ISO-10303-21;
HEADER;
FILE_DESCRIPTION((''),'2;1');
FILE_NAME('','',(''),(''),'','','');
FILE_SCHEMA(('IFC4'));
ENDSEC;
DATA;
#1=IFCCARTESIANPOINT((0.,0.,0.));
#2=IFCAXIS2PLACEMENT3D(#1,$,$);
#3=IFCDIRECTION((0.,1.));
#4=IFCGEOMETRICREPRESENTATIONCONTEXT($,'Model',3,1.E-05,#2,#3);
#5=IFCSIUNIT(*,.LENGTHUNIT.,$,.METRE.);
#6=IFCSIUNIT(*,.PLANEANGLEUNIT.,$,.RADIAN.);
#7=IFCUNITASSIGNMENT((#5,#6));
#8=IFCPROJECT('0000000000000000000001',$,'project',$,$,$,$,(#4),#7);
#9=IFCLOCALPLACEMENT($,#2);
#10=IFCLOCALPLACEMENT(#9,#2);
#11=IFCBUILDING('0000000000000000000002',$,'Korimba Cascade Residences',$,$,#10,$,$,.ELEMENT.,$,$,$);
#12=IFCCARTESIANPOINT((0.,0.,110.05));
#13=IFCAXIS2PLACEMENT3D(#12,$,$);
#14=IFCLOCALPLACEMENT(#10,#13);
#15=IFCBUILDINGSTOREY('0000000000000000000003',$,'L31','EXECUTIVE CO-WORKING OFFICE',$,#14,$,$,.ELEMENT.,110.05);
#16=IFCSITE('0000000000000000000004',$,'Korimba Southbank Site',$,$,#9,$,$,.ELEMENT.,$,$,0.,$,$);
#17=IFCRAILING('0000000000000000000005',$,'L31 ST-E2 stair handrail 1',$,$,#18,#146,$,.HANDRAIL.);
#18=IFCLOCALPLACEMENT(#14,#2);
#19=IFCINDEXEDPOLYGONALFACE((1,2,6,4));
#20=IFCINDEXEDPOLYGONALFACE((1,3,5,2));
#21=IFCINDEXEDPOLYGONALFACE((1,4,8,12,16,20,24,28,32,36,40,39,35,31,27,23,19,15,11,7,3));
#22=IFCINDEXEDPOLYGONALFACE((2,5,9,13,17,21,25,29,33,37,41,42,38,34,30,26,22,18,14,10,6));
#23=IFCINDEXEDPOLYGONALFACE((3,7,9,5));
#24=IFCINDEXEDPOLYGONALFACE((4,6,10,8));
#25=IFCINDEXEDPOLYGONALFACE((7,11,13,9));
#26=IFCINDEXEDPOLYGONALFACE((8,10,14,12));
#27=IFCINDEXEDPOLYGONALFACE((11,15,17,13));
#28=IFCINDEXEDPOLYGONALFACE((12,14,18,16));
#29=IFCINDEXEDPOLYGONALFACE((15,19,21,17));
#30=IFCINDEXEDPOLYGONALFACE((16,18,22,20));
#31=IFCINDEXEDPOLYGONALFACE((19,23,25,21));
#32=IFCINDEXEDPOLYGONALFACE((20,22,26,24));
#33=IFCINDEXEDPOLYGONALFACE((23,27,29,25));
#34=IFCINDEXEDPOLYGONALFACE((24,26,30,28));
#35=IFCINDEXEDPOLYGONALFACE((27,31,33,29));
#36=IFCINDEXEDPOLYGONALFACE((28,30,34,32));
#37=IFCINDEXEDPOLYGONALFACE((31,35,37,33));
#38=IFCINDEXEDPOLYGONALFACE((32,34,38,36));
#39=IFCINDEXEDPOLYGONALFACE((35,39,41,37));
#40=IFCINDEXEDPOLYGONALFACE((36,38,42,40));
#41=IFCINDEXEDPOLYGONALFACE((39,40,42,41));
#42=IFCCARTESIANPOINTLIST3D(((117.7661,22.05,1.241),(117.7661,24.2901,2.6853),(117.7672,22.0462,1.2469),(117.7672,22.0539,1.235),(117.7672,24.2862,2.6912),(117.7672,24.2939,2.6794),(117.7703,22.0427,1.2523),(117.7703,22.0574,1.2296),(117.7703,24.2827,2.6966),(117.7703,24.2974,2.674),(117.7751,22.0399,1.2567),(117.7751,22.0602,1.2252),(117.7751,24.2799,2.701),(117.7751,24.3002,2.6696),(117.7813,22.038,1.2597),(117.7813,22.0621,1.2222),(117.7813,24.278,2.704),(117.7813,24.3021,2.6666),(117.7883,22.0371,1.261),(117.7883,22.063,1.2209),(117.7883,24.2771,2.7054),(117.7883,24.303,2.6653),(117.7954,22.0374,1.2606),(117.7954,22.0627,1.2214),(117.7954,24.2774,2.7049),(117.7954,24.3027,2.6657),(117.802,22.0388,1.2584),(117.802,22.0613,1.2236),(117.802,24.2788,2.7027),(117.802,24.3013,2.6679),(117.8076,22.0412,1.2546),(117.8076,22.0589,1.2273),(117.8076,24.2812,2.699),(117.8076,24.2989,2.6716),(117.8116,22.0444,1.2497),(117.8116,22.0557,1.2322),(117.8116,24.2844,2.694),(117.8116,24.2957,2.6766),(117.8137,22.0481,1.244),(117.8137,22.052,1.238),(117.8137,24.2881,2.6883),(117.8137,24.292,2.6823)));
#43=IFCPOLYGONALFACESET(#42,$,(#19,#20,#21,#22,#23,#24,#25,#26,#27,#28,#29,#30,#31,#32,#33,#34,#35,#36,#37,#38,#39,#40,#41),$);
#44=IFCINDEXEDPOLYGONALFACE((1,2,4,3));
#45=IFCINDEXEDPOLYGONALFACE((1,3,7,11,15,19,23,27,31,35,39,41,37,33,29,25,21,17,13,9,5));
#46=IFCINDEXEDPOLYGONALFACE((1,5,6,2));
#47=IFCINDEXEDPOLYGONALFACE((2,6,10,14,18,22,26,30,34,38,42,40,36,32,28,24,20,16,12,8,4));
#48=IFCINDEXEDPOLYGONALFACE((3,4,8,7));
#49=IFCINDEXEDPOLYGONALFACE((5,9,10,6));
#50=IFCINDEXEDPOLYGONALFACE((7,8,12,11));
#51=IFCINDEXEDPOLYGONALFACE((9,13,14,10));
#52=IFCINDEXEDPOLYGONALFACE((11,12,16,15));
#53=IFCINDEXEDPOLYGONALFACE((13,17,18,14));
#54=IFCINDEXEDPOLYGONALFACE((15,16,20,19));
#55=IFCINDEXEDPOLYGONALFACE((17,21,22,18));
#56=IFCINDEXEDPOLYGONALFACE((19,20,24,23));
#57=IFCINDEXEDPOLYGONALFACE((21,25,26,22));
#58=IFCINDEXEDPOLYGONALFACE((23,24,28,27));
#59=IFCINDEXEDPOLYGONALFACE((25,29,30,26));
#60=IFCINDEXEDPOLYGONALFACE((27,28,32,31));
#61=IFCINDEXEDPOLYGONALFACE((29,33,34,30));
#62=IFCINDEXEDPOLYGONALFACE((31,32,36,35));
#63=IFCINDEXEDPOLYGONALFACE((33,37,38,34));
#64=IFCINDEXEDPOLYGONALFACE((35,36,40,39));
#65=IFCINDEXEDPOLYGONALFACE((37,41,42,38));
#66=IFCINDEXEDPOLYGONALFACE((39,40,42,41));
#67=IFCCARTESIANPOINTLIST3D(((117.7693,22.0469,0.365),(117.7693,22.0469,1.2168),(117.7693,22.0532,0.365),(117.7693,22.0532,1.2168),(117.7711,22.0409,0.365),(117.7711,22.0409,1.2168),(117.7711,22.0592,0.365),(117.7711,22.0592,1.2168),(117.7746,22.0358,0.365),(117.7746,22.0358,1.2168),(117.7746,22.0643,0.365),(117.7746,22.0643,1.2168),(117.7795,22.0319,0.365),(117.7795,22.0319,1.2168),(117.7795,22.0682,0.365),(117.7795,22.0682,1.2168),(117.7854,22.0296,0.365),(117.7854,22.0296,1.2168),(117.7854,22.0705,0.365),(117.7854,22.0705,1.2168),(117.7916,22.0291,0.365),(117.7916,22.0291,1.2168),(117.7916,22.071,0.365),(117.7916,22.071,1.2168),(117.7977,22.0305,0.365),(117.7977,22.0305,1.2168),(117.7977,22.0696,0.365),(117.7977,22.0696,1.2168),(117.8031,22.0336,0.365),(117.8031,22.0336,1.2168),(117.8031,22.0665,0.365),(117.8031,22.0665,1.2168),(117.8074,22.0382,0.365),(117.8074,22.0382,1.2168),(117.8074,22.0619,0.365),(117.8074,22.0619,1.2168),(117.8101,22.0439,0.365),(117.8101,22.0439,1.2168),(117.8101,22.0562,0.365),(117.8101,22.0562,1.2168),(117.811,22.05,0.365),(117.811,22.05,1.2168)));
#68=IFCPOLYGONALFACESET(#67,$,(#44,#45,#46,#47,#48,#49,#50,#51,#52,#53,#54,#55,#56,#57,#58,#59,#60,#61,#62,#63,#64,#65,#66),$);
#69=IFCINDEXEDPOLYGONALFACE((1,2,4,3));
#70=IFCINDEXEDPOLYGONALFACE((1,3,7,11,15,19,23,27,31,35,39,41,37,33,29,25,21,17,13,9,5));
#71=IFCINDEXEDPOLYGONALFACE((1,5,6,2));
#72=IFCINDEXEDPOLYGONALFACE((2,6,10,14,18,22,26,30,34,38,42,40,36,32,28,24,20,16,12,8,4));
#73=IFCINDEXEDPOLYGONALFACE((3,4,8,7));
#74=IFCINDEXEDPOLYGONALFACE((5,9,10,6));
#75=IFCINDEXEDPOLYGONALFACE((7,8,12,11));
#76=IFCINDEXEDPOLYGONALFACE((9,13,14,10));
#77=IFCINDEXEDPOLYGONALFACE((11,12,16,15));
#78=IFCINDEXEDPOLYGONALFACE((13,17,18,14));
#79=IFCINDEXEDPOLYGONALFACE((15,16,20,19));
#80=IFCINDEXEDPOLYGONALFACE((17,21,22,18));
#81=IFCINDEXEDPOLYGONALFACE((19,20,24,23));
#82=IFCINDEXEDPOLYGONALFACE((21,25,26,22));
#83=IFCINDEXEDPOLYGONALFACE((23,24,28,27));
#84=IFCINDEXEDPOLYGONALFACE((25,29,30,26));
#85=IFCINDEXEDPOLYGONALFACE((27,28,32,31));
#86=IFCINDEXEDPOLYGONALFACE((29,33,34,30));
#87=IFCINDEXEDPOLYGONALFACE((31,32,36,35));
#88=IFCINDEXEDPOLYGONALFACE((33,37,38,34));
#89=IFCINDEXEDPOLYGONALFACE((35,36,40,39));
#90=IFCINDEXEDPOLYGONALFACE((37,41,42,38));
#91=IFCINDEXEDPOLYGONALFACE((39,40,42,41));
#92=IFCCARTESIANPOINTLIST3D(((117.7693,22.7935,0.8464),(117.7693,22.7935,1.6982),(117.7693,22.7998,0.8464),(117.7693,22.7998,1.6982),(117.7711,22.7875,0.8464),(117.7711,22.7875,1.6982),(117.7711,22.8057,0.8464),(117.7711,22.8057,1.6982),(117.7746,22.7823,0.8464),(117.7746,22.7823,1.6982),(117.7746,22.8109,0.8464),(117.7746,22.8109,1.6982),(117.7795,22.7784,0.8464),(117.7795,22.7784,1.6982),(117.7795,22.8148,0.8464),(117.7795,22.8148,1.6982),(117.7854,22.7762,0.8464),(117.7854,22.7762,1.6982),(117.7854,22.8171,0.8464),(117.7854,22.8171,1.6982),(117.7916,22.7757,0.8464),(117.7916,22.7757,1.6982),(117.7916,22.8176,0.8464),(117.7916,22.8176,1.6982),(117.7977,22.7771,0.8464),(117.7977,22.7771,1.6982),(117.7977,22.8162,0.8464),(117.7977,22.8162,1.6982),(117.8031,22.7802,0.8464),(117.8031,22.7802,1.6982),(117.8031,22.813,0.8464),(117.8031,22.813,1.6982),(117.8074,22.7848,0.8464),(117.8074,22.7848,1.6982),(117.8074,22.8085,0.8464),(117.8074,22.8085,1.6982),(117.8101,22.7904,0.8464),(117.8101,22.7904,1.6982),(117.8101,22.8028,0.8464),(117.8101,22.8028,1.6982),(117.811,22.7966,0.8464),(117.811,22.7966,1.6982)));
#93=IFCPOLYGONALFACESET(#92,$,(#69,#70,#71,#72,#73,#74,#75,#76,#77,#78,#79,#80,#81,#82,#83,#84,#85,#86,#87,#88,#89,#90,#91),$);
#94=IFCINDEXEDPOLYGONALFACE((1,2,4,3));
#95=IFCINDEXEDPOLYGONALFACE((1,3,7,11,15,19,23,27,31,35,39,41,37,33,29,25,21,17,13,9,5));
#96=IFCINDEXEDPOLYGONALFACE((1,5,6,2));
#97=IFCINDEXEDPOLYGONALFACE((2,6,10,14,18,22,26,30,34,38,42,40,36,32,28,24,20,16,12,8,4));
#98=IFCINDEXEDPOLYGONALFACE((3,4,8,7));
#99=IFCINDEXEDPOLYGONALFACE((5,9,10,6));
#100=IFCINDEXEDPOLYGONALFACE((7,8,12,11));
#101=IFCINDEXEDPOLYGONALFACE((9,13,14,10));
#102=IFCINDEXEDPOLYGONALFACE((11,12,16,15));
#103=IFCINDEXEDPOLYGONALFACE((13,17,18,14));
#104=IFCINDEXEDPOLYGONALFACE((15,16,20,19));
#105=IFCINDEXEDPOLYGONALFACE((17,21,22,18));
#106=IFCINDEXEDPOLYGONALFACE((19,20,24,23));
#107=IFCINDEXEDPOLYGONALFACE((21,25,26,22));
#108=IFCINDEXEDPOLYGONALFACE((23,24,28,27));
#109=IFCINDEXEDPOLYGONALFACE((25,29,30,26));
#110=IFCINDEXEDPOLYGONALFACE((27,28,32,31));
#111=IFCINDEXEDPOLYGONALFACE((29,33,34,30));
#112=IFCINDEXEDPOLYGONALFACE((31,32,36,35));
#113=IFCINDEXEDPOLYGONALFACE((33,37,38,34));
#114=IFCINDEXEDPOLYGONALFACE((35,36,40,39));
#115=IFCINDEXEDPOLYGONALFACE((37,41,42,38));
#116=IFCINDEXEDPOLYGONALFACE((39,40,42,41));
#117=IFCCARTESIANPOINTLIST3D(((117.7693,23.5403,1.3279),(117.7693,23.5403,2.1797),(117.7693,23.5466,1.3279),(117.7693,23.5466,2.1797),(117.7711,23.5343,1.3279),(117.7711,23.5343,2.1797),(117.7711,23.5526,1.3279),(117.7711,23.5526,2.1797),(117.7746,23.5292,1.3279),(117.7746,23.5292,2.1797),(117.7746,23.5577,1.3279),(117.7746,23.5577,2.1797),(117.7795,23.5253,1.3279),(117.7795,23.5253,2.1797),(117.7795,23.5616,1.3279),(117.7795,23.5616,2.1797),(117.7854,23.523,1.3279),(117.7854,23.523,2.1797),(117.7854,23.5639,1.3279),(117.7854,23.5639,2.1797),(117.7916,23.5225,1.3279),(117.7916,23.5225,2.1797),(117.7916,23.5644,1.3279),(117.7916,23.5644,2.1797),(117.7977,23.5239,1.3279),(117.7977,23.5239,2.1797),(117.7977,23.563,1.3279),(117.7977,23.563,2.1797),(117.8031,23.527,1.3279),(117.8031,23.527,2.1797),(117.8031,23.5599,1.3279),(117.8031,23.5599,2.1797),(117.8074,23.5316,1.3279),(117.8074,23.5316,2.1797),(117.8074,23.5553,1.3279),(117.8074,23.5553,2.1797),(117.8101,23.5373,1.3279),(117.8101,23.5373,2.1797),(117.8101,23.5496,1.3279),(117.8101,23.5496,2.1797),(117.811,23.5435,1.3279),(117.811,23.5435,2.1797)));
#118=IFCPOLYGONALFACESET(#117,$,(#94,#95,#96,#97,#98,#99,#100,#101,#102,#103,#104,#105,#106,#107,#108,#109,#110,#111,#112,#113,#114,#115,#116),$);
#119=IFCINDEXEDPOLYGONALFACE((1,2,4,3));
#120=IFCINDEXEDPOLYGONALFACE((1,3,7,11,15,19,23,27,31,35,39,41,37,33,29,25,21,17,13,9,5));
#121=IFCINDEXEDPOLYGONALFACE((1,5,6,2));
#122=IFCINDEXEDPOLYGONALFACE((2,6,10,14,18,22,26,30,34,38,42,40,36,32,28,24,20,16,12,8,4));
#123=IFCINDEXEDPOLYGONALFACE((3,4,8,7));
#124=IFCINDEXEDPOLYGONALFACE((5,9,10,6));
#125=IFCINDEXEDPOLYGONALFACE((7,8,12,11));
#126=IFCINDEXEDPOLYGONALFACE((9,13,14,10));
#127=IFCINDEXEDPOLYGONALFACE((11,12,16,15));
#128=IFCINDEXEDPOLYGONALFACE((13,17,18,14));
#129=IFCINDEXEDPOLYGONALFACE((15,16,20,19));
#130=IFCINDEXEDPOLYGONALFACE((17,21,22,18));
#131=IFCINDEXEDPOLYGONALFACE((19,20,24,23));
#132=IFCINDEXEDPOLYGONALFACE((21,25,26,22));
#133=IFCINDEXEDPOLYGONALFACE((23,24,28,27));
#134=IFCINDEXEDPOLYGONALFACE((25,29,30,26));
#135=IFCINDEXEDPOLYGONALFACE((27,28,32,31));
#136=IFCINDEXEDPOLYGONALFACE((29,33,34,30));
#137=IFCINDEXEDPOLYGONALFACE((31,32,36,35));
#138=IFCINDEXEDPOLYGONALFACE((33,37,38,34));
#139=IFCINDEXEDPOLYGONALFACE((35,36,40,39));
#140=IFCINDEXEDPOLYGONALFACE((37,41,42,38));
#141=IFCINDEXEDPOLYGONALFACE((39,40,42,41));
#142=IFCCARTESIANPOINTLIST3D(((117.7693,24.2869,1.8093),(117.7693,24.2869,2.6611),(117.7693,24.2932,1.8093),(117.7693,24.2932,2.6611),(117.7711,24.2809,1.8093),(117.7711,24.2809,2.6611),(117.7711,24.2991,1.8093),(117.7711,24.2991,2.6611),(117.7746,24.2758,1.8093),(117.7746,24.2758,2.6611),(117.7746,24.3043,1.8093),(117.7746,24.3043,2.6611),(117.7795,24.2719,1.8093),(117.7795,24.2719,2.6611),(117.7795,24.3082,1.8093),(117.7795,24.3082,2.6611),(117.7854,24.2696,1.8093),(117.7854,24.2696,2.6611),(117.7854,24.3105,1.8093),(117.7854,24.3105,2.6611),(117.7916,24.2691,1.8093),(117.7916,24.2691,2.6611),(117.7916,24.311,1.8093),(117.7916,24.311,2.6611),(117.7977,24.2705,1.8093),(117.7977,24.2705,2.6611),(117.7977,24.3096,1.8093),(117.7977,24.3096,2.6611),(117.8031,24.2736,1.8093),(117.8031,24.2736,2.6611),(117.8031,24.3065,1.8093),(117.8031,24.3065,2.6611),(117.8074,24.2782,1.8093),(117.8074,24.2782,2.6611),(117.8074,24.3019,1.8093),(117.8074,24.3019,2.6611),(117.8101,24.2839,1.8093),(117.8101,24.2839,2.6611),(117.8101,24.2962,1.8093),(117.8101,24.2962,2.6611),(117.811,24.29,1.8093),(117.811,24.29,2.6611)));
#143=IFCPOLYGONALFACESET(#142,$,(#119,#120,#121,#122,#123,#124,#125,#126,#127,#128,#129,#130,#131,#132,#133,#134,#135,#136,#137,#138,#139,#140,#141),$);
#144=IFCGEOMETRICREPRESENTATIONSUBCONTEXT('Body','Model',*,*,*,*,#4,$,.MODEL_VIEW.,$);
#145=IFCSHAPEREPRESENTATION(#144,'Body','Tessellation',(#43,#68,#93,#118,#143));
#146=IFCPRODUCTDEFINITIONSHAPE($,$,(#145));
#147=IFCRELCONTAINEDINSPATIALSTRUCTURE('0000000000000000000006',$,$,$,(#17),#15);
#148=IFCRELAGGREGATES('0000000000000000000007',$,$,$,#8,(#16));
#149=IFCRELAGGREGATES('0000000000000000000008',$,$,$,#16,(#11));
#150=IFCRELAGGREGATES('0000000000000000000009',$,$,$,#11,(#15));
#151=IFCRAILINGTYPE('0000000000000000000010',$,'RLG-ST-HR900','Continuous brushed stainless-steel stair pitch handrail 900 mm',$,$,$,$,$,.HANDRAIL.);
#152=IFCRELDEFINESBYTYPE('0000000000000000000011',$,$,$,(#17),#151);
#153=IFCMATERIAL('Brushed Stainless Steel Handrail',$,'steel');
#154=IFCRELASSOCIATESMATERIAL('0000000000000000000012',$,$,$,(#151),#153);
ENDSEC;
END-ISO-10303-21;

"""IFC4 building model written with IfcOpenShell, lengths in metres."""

from ifc_helpers import new_model, si_unit, direction, frame, origin, origin_2d, place, context, subcontext, project, spatial, circle, extrude, material, type_object, element, save


model = new_model("IFC4")

# Units and contexts
model_context = context("Model", 3, precision=1e-05, world=origin(), true_north=direction((0.0, 1.0)))
body_context = subcontext(model_context, "Body", "Model", "MODEL_VIEW")
ifc_project = project(units=[si_unit("LENGTHUNIT", "METRE"), si_unit("PLANEANGLEUNIT", "RADIAN")], contexts=[model_context])

# Site, building, storey
site_placement = place(None, origin())
site = spatial("IfcSite", under=ifc_project, at=site_placement, Name="Korimba Southbank Site", CompositionType="ELEMENT", RefElevation=0.0)
building_placement = place(site_placement, origin())
building = spatial("IfcBuilding", under=site, at=building_placement, Name="Korimba Cascade Residences", CompositionType="ELEMENT")
storey_placement = place(building_placement, frame((0.0, 0.0, 110.05)))
storey = spatial("IfcBuildingStorey", under=building, at=storey_placement, Name="L31", Description="EXECUTIVE CO-WORKING OFFICE", CompositionType="ELEMENT", Elevation=110.05)

# Railing
ifc_material_1 = material(Name="Brushed Stainless Steel Handrail", Category="steel")
railing_type = type_object("IfcRailingType", Name="RLG-ST-HR900", Description="Continuous brushed stainless-steel stair pitch handrail 900 mm", PredefinedType="HANDRAIL", material=ifc_material_1)
railing_placement = place(storey_placement, frame((117.79, 22.05, 0.365)))
element("IfcRailing", 1, at=railing_placement, inside=storey, type_object=railing_type, Name="L31 ST-E2 stair handrail 1", PredefinedType="HANDRAIL", context=body_context, shape_type="SweptSolid", body=[
    extrude(circle(Radius=0.0239, at=origin_2d()), frame((0.0, 0.0, 0.876), z_axis=(0.0, 0.840437, 0.54191), x_axis=(-1.0, 0.0, 0.0)), (0.0, 0.0, 1.0), 2.6653),
    extrude(circle(Radius=0.021, at=origin_2d()), origin(), (0.0, 0.0, 1.0), 0.8518),
    extrude(circle(Radius=0.021, at=origin_2d()), frame((0.0, 0.7466, 0.4814)), (0.0, 0.0, 1.0), 0.8518),
    extrude(circle(Radius=0.021, at=origin_2d()), frame((0.0, 1.4934, 0.9629)), (0.0, 0.0, 1.0), 0.8518),
    extrude(circle(Radius=0.021, at=origin_2d()), frame((0.0, 2.24, 1.4443)), (0.0, 0.0, 1.0), 0.8518),
])

save(model, "model.ifc")
